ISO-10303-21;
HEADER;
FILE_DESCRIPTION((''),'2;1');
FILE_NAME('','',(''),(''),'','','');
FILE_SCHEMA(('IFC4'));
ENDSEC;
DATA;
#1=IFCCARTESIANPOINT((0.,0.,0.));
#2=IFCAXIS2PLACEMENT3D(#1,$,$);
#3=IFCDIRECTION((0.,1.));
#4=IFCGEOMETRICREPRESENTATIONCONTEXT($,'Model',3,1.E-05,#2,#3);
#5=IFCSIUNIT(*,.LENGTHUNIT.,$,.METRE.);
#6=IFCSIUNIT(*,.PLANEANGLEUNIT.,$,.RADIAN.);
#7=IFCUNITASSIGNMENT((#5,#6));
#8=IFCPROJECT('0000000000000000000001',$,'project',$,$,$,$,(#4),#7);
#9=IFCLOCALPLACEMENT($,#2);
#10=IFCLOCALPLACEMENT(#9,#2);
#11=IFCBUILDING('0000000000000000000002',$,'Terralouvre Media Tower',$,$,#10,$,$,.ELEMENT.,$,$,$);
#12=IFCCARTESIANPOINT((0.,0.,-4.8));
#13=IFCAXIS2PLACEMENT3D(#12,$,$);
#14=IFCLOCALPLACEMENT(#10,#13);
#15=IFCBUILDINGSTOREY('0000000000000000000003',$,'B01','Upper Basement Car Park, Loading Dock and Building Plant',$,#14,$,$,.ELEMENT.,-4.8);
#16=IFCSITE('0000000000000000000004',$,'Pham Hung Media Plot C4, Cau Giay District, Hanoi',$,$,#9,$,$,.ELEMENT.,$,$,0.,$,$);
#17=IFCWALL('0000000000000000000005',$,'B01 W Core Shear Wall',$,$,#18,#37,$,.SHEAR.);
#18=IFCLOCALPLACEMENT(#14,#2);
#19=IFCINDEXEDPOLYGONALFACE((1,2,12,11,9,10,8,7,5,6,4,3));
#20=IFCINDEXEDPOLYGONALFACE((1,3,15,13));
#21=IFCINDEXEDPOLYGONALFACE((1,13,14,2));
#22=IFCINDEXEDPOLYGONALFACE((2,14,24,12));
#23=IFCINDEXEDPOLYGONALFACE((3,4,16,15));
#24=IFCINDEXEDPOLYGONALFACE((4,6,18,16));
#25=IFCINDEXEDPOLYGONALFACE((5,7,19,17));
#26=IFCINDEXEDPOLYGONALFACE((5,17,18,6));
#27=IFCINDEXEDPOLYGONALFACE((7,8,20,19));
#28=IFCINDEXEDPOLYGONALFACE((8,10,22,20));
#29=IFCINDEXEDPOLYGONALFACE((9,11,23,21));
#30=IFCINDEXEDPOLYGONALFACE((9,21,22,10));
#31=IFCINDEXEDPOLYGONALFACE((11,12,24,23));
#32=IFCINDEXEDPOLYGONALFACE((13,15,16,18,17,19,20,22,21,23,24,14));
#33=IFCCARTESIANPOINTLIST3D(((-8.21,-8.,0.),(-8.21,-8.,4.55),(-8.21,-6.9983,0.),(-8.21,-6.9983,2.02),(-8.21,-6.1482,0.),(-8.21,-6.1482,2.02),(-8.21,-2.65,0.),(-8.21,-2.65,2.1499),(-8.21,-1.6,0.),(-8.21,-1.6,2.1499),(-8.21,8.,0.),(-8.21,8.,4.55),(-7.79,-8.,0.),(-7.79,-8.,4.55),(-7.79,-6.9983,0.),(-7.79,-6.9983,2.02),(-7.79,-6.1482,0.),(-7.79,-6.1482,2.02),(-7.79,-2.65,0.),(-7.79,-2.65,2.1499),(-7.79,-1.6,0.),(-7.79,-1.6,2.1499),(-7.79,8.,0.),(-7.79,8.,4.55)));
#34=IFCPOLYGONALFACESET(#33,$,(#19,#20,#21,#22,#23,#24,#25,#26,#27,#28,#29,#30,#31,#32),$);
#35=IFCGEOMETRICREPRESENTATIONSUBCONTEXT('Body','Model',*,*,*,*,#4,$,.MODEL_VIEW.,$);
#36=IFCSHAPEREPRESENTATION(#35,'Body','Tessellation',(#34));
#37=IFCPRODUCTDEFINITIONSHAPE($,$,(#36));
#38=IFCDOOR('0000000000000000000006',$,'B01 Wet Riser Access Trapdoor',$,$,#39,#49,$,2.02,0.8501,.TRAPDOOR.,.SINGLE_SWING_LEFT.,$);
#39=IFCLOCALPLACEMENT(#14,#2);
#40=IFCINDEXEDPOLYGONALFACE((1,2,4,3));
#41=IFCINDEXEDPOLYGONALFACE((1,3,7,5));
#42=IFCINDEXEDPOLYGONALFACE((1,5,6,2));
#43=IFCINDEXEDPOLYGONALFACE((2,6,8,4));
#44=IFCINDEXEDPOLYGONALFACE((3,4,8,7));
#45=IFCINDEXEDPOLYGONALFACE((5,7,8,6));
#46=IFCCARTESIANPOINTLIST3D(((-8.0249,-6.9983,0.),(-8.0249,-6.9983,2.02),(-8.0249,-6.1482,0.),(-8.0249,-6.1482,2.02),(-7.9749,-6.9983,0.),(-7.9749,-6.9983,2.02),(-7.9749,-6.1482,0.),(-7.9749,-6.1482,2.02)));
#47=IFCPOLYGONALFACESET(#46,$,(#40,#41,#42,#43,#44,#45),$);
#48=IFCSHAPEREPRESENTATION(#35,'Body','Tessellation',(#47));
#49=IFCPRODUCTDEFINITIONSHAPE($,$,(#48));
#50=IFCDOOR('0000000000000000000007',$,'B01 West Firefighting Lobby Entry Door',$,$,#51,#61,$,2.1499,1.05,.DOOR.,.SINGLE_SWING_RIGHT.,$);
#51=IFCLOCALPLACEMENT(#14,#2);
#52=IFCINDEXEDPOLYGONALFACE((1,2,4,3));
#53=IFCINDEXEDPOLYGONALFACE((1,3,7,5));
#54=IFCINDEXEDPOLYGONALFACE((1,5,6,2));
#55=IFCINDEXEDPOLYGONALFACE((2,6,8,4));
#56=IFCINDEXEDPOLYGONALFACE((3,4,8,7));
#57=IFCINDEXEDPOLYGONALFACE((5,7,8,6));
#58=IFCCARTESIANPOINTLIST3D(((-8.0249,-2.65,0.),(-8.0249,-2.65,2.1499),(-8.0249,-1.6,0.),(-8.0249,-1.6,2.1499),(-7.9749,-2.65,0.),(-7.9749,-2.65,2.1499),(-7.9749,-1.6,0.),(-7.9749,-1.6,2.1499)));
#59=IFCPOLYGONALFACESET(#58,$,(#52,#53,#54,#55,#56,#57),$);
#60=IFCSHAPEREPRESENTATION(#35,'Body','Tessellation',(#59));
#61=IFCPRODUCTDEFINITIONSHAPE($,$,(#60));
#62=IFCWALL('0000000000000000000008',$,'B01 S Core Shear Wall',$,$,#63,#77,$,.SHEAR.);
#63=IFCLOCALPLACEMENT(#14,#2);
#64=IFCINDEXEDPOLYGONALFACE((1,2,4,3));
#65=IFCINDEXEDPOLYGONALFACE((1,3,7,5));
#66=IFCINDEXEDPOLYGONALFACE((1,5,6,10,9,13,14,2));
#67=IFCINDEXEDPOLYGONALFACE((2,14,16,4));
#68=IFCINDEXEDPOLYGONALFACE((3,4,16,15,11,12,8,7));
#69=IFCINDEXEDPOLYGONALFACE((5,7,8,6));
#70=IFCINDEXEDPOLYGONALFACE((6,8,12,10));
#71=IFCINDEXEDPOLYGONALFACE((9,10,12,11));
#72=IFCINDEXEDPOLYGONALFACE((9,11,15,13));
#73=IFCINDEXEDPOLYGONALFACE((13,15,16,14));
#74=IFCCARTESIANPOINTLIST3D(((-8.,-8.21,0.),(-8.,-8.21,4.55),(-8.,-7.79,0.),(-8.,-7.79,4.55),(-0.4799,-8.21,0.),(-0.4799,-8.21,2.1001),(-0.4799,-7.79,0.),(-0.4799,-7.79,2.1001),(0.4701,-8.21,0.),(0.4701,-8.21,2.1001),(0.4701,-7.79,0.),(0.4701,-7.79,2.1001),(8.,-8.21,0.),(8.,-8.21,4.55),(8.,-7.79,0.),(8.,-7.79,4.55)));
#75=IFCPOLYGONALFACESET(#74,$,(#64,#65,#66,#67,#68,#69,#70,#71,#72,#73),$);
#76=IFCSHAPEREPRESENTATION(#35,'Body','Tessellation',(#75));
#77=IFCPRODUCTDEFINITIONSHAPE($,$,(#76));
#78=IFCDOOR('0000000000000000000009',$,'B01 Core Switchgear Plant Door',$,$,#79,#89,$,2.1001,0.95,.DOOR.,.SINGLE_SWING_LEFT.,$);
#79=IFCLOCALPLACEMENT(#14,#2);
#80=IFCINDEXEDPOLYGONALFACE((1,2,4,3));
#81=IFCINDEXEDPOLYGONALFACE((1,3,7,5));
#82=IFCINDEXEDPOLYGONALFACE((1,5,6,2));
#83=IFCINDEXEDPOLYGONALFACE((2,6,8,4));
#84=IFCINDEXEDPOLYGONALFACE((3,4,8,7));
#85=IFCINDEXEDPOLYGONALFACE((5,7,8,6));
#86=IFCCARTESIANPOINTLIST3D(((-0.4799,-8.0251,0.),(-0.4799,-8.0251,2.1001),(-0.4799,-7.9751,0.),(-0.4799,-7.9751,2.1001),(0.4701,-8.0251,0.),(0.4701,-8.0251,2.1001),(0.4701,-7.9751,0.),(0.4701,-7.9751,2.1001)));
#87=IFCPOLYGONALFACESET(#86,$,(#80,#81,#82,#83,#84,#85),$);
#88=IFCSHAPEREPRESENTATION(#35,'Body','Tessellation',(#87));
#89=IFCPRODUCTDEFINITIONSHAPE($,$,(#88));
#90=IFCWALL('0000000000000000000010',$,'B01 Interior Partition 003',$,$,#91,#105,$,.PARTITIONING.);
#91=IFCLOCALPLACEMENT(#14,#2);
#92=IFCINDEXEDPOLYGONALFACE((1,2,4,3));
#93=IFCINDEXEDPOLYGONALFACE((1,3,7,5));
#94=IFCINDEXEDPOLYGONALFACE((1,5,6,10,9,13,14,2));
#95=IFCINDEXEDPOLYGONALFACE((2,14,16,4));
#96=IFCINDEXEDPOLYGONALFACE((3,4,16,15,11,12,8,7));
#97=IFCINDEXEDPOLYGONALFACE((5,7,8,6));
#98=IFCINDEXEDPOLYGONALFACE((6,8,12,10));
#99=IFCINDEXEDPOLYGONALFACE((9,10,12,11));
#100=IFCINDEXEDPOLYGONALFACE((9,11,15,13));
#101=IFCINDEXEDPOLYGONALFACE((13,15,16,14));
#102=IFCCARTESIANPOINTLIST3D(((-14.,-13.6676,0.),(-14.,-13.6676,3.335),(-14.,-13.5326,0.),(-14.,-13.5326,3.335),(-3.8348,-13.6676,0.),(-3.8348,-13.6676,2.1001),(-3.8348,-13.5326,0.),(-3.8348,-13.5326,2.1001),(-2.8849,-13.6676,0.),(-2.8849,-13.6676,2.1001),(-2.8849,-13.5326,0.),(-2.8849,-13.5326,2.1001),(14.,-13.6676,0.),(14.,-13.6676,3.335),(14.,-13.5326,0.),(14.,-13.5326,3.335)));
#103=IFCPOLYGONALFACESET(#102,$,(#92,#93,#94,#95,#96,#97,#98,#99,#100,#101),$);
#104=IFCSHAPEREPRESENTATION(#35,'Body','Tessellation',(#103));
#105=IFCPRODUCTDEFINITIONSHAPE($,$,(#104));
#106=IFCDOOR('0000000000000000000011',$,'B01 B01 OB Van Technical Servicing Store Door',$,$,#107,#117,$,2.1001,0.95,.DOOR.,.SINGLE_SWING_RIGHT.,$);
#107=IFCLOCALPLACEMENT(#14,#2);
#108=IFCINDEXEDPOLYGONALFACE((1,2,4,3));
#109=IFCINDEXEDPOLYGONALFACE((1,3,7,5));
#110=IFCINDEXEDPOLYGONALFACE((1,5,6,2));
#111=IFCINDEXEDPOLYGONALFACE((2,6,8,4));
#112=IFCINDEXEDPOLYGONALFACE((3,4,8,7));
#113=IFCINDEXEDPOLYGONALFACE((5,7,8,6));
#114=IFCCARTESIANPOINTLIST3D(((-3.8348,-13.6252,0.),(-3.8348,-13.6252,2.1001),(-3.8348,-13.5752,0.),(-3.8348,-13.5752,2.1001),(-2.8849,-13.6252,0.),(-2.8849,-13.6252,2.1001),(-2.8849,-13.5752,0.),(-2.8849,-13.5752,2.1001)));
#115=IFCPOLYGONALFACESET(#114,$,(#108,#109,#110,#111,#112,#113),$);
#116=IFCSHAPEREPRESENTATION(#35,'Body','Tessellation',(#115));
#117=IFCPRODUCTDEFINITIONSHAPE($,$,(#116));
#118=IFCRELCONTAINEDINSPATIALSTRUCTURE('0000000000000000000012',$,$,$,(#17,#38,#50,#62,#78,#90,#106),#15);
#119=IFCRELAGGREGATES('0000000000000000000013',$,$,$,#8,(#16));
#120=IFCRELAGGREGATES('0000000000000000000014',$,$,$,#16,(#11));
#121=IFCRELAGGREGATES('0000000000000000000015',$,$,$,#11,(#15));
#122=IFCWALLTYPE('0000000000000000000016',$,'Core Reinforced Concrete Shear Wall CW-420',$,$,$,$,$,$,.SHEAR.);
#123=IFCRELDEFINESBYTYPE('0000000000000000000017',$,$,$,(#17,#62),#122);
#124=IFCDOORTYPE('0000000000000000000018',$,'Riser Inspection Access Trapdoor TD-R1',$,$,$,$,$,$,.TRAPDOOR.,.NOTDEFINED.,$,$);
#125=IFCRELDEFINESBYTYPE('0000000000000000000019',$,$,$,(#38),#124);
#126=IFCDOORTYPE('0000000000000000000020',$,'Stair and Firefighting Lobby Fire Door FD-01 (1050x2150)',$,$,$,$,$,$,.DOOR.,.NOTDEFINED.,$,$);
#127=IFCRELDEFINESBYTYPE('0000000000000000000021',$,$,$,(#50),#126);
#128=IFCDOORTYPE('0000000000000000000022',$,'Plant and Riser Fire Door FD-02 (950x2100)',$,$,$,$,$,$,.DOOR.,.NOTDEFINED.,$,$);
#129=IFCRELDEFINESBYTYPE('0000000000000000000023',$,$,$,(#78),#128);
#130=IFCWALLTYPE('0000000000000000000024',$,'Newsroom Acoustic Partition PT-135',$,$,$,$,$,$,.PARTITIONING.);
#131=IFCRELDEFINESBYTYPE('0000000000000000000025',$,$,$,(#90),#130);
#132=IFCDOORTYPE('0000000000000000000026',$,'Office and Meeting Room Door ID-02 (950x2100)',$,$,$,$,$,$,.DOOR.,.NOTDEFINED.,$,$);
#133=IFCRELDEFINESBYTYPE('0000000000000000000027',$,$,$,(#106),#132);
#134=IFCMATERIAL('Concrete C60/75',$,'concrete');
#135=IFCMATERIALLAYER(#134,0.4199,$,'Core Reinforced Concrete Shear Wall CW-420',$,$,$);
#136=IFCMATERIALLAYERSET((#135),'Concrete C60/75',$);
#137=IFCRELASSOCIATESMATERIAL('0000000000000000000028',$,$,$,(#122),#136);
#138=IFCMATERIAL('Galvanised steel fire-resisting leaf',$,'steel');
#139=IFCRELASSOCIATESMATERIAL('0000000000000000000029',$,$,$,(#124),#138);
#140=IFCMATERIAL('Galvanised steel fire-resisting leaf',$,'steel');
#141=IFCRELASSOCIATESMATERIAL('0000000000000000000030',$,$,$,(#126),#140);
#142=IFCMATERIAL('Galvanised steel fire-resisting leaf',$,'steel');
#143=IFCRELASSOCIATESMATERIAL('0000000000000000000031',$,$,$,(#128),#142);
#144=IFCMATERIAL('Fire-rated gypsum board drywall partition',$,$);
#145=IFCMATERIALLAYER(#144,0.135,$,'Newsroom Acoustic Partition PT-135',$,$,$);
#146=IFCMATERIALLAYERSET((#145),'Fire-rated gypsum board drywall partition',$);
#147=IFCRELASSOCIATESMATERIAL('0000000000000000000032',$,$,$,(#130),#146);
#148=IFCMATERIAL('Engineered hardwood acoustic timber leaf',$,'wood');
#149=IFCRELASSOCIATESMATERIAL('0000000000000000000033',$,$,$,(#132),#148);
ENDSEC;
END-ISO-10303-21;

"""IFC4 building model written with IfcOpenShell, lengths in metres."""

from ifc_helpers import new_model, si_unit, direction, frame, frame_2d, origin, place, context, subcontext, project, spatial, rectangle, extrude, material, layer, layer_set, type_object, element, fill, save


model = new_model("IFC4")

# Units and contexts
model_context = context("Model", 3, precision=1e-05, world=origin(), true_north=direction((0.0, 1.0)))
body_context = subcontext(model_context, "Body", "Model", "MODEL_VIEW")
ifc_project = project(units=[si_unit("LENGTHUNIT", "METRE"), si_unit("PLANEANGLEUNIT", "RADIAN")], contexts=[model_context])

# Site, building, storey
site_placement = place(None, origin())
site = spatial("IfcSite", under=ifc_project, at=site_placement, Name="Pham Hung Media Plot C4, Cau Giay District, Hanoi", CompositionType="ELEMENT", RefElevation=0.0)
building_placement = place(site_placement, origin())
building = spatial("IfcBuilding", under=site, at=building_placement, Name="Terralouvre Media Tower", CompositionType="ELEMENT")
storey_placement = place(building_placement, frame((0.0, 0.0, -4.8)))
storey = spatial("IfcBuildingStorey", under=building, at=storey_placement, Name="B01", Description="Upper Basement Car Park, Loading Dock and Building Plant", CompositionType="ELEMENT", Elevation=-4.8)

# Wall, openings, doors
ifc_material_1 = material(Name="Concrete C60/75", Category="concrete")
ifc_layer_1 = layer(ifc_material_1, 0.4199, Name="Core Reinforced Concrete Shear Wall CW-420")
ifc_layer_set_1 = layer_set([ifc_layer_1], Name="Concrete C60/75")
wall_type_1 = type_object("IfcWallType", Name="Core Reinforced Concrete Shear Wall CW-420", PredefinedType="SHEAR", material=ifc_layer_set_1)
wall_1_placement = place(storey_placement, frame((-8.0, -8.0, 0.0), z_axis=(0.0, 0.0, 1.0), x_axis=(0.0, 1.0, 0.0)))
wall_1 = element("IfcWall", 1, at=wall_1_placement, inside=storey, type_object=wall_type_1, Name="B01 W Core Shear Wall", PredefinedType="SHEAR", context=body_context, shape_type="SweptSolid", body=[
    extrude(rectangle(XDim=16.0, YDim=0.4199, at=frame_2d((8.0, 0.0))), origin(), (0.0, 0.0, 1.0), 4.55),
])
opening_1_placement = place(wall_1_placement, frame((1.0017, 0.0, 0.0)))
opening_1 = element("IfcOpeningElement", 2, at=opening_1_placement, cuts=wall_1, PredefinedType="OPENING", context=body_context, shape_type="SweptSolid", body=[
    extrude(rectangle(XDim=0.8501, YDim=2.02, at=frame_2d((0.425, 1.01))), frame((0.0, 0.22, 0.0), z_axis=(0.0, -1.0, 0.0), x_axis=(1.0, 0.0, 0.0)), (0.0, 0.0, 1.0), 0.4399),
])
opening_2_placement = place(wall_1_placement, frame((5.3501, 0.0, 0.0)))
opening_2 = element("IfcOpeningElement", 3, at=opening_2_placement, cuts=wall_1, PredefinedType="OPENING", context=body_context, shape_type="SweptSolid", body=[
    extrude(rectangle(XDim=1.05, YDim=2.1499, at=frame_2d((0.5249, 1.075))), frame((0.0, 0.22, 0.0), z_axis=(0.0, -1.0, 0.0), x_axis=(1.0, 0.0, 0.0)), (0.0, 0.0, 1.0), 0.4399),
])
ifc_material_2 = material(Name="Galvanised steel fire-resisting leaf", Category="steel")
door_type_1 = type_object("IfcDoorType", Name="Riser Inspection Access Trapdoor TD-R1", OperationType="NOTDEFINED", PredefinedType="TRAPDOOR", material=ifc_material_2)
door_1_placement = place(opening_1_placement, origin())
door_1 = element("IfcDoor", 4, at=door_1_placement, inside=storey, type_object=door_type_1, Name="B01 Wet Riser Access Trapdoor", OperationType="SINGLE_SWING_LEFT", OverallHeight=2.02, OverallWidth=0.8501, PredefinedType="TRAPDOOR", context=body_context, shape_type="SweptSolid", body=[
    extrude(rectangle(XDim=0.8501, YDim=2.02, at=frame_2d((0.425, 1.01))), frame((0.0, 0.0249, 0.0), z_axis=(0.0, -1.0, 0.0), x_axis=(1.0, 0.0, 0.0)), (0.0, 0.0, 1.0), 0.05),
])
fill(opening_1, door_1)
ifc_material_3 = material(Name="Galvanised steel fire-resisting leaf", Category="steel")
door_type_2 = type_object("IfcDoorType", Name="Stair and Firefighting Lobby Fire Door FD-01 (1050x2150)", OperationType="NOTDEFINED", PredefinedType="DOOR", material=ifc_material_3)
door_2_placement = place(opening_2_placement, origin())
door_2 = element("IfcDoor", 5, at=door_2_placement, inside=storey, type_object=door_type_2, Name="B01 West Firefighting Lobby Entry Door", OperationType="SINGLE_SWING_RIGHT", OverallHeight=2.1499, OverallWidth=1.05, PredefinedType="DOOR", context=body_context, shape_type="SweptSolid", body=[
    extrude(rectangle(XDim=1.05, YDim=2.1499, at=frame_2d((0.5249, 1.075))), frame((0.0, 0.0249, 0.0), z_axis=(0.0, -1.0, 0.0), x_axis=(1.0, 0.0, 0.0)), (0.0, 0.0, 1.0), 0.05),
])
fill(opening_2, door_2)

# Walls, openings, doors
wall_2_placement = place(storey_placement, frame((-8.0, -8.0, 0.0), z_axis=(0.0, 0.0, 1.0), x_axis=(1.0, 0.0, 0.0)))
wall_2 = element("IfcWall", 6, at=wall_2_placement, inside=storey, type_object=wall_type_1, Name="B01 S Core Shear Wall", PredefinedType="SHEAR", context=body_context, shape_type="SweptSolid", body=[
    extrude(rectangle(XDim=16.0, YDim=0.4199, at=frame_2d((8.0, 0.0))), origin(), (0.0, 0.0, 1.0), 4.55),
])
opening_3_placement = place(wall_2_placement, frame((7.52, 0.0, 0.0)))
opening_3 = element("IfcOpeningElement", 7, at=opening_3_placement, cuts=wall_2, PredefinedType="OPENING", context=body_context, shape_type="SweptSolid", body=[
    extrude(rectangle(XDim=0.95, YDim=2.1001, at=frame_2d((0.4751, 1.05))), frame((0.0, 0.22, 0.0), z_axis=(0.0, -1.0, 0.0), x_axis=(1.0, 0.0, 0.0)), (0.0, 0.0, 1.0), 0.4399),
])
ifc_material_4 = material(Name="Galvanised steel fire-resisting leaf", Category="steel")
door_type_3 = type_object("IfcDoorType", Name="Plant and Riser Fire Door FD-02 (950x2100)", OperationType="NOTDEFINED", PredefinedType="DOOR", material=ifc_material_4)
door_3_placement = place(opening_3_placement, origin())
door_3 = element("IfcDoor", 8, at=door_3_placement, inside=storey, type_object=door_type_3, Name="B01 Core Switchgear Plant Door", OperationType="SINGLE_SWING_LEFT", OverallHeight=2.1001, OverallWidth=0.95, PredefinedType="DOOR", context=body_context, shape_type="SweptSolid", body=[
    extrude(rectangle(XDim=0.95, YDim=2.1001, at=frame_2d((0.4751, 1.05))), frame((0.0, 0.0249, 0.0), z_axis=(0.0, -1.0, 0.0), x_axis=(1.0, 0.0, 0.0)), (0.0, 0.0, 1.0), 0.05),
])
fill(opening_3, door_3)
ifc_material_5 = material(Name="Fire-rated gypsum board drywall partition")
ifc_layer_2 = layer(ifc_material_5, 0.135, Name="Newsroom Acoustic Partition PT-135")
ifc_layer_set_2 = layer_set([ifc_layer_2], Name="Fire-rated gypsum board drywall partition")
wall_type_2 = type_object("IfcWallType", Name="Newsroom Acoustic Partition PT-135", PredefinedType="PARTITIONING", material=ifc_layer_set_2)
wall_3_placement = place(storey_placement, frame((-14.0, -13.6001, 0.0), z_axis=(0.0, 0.0, 1.0), x_axis=(1.0, 0.0, 0.0)))
wall_3 = element("IfcWall", 9, at=wall_3_placement, inside=storey, type_object=wall_type_2, Name="B01 Interior Partition 003", PredefinedType="PARTITIONING", context=body_context, shape_type="SweptSolid", body=[
    extrude(rectangle(XDim=28.0, YDim=0.135, at=frame_2d((14.0, 0.0))), origin(), (0.0, 0.0, 1.0), 3.335),
])
opening_4_placement = place(wall_3_placement, frame((10.165, 0.0, 0.0)))
opening_4 = element("IfcOpeningElement", 10, at=opening_4_placement, cuts=wall_3, PredefinedType="OPENING", context=body_context, shape_type="SweptSolid", body=[
    extrude(rectangle(XDim=0.95, YDim=2.1001, at=frame_2d((0.4751, 1.05))), frame((0.0, 0.0774, 0.0), z_axis=(0.0, -1.0, 0.0), x_axis=(1.0, 0.0, 0.0)), (0.0, 0.0, 1.0), 0.155),
])
ifc_material_6 = material(Name="Engineered hardwood acoustic timber leaf", Category="wood")
door_type_4 = type_object("IfcDoorType", Name="Office and Meeting Room Door ID-02 (950x2100)", OperationType="NOTDEFINED", PredefinedType="DOOR", material=ifc_material_6)
door_4_placement = place(opening_4_placement, origin())
door_4 = element("IfcDoor", 11, at=door_4_placement, inside=storey, type_object=door_type_4, Name="B01 B01 OB Van Technical Servicing Store Door", OperationType="SINGLE_SWING_RIGHT", OverallHeight=2.1001, OverallWidth=0.95, PredefinedType="DOOR", context=body_context, shape_type="SweptSolid", body=[
    extrude(rectangle(XDim=0.95, YDim=2.1001, at=frame_2d((0.4751, 1.05))), frame((0.0, 0.0249, 0.0), z_axis=(0.0, -1.0, 0.0), x_axis=(1.0, 0.0, 0.0)), (0.0, 0.0, 1.0), 0.05),
])
fill(opening_4, door_4)

save(model, "model.ifc")
